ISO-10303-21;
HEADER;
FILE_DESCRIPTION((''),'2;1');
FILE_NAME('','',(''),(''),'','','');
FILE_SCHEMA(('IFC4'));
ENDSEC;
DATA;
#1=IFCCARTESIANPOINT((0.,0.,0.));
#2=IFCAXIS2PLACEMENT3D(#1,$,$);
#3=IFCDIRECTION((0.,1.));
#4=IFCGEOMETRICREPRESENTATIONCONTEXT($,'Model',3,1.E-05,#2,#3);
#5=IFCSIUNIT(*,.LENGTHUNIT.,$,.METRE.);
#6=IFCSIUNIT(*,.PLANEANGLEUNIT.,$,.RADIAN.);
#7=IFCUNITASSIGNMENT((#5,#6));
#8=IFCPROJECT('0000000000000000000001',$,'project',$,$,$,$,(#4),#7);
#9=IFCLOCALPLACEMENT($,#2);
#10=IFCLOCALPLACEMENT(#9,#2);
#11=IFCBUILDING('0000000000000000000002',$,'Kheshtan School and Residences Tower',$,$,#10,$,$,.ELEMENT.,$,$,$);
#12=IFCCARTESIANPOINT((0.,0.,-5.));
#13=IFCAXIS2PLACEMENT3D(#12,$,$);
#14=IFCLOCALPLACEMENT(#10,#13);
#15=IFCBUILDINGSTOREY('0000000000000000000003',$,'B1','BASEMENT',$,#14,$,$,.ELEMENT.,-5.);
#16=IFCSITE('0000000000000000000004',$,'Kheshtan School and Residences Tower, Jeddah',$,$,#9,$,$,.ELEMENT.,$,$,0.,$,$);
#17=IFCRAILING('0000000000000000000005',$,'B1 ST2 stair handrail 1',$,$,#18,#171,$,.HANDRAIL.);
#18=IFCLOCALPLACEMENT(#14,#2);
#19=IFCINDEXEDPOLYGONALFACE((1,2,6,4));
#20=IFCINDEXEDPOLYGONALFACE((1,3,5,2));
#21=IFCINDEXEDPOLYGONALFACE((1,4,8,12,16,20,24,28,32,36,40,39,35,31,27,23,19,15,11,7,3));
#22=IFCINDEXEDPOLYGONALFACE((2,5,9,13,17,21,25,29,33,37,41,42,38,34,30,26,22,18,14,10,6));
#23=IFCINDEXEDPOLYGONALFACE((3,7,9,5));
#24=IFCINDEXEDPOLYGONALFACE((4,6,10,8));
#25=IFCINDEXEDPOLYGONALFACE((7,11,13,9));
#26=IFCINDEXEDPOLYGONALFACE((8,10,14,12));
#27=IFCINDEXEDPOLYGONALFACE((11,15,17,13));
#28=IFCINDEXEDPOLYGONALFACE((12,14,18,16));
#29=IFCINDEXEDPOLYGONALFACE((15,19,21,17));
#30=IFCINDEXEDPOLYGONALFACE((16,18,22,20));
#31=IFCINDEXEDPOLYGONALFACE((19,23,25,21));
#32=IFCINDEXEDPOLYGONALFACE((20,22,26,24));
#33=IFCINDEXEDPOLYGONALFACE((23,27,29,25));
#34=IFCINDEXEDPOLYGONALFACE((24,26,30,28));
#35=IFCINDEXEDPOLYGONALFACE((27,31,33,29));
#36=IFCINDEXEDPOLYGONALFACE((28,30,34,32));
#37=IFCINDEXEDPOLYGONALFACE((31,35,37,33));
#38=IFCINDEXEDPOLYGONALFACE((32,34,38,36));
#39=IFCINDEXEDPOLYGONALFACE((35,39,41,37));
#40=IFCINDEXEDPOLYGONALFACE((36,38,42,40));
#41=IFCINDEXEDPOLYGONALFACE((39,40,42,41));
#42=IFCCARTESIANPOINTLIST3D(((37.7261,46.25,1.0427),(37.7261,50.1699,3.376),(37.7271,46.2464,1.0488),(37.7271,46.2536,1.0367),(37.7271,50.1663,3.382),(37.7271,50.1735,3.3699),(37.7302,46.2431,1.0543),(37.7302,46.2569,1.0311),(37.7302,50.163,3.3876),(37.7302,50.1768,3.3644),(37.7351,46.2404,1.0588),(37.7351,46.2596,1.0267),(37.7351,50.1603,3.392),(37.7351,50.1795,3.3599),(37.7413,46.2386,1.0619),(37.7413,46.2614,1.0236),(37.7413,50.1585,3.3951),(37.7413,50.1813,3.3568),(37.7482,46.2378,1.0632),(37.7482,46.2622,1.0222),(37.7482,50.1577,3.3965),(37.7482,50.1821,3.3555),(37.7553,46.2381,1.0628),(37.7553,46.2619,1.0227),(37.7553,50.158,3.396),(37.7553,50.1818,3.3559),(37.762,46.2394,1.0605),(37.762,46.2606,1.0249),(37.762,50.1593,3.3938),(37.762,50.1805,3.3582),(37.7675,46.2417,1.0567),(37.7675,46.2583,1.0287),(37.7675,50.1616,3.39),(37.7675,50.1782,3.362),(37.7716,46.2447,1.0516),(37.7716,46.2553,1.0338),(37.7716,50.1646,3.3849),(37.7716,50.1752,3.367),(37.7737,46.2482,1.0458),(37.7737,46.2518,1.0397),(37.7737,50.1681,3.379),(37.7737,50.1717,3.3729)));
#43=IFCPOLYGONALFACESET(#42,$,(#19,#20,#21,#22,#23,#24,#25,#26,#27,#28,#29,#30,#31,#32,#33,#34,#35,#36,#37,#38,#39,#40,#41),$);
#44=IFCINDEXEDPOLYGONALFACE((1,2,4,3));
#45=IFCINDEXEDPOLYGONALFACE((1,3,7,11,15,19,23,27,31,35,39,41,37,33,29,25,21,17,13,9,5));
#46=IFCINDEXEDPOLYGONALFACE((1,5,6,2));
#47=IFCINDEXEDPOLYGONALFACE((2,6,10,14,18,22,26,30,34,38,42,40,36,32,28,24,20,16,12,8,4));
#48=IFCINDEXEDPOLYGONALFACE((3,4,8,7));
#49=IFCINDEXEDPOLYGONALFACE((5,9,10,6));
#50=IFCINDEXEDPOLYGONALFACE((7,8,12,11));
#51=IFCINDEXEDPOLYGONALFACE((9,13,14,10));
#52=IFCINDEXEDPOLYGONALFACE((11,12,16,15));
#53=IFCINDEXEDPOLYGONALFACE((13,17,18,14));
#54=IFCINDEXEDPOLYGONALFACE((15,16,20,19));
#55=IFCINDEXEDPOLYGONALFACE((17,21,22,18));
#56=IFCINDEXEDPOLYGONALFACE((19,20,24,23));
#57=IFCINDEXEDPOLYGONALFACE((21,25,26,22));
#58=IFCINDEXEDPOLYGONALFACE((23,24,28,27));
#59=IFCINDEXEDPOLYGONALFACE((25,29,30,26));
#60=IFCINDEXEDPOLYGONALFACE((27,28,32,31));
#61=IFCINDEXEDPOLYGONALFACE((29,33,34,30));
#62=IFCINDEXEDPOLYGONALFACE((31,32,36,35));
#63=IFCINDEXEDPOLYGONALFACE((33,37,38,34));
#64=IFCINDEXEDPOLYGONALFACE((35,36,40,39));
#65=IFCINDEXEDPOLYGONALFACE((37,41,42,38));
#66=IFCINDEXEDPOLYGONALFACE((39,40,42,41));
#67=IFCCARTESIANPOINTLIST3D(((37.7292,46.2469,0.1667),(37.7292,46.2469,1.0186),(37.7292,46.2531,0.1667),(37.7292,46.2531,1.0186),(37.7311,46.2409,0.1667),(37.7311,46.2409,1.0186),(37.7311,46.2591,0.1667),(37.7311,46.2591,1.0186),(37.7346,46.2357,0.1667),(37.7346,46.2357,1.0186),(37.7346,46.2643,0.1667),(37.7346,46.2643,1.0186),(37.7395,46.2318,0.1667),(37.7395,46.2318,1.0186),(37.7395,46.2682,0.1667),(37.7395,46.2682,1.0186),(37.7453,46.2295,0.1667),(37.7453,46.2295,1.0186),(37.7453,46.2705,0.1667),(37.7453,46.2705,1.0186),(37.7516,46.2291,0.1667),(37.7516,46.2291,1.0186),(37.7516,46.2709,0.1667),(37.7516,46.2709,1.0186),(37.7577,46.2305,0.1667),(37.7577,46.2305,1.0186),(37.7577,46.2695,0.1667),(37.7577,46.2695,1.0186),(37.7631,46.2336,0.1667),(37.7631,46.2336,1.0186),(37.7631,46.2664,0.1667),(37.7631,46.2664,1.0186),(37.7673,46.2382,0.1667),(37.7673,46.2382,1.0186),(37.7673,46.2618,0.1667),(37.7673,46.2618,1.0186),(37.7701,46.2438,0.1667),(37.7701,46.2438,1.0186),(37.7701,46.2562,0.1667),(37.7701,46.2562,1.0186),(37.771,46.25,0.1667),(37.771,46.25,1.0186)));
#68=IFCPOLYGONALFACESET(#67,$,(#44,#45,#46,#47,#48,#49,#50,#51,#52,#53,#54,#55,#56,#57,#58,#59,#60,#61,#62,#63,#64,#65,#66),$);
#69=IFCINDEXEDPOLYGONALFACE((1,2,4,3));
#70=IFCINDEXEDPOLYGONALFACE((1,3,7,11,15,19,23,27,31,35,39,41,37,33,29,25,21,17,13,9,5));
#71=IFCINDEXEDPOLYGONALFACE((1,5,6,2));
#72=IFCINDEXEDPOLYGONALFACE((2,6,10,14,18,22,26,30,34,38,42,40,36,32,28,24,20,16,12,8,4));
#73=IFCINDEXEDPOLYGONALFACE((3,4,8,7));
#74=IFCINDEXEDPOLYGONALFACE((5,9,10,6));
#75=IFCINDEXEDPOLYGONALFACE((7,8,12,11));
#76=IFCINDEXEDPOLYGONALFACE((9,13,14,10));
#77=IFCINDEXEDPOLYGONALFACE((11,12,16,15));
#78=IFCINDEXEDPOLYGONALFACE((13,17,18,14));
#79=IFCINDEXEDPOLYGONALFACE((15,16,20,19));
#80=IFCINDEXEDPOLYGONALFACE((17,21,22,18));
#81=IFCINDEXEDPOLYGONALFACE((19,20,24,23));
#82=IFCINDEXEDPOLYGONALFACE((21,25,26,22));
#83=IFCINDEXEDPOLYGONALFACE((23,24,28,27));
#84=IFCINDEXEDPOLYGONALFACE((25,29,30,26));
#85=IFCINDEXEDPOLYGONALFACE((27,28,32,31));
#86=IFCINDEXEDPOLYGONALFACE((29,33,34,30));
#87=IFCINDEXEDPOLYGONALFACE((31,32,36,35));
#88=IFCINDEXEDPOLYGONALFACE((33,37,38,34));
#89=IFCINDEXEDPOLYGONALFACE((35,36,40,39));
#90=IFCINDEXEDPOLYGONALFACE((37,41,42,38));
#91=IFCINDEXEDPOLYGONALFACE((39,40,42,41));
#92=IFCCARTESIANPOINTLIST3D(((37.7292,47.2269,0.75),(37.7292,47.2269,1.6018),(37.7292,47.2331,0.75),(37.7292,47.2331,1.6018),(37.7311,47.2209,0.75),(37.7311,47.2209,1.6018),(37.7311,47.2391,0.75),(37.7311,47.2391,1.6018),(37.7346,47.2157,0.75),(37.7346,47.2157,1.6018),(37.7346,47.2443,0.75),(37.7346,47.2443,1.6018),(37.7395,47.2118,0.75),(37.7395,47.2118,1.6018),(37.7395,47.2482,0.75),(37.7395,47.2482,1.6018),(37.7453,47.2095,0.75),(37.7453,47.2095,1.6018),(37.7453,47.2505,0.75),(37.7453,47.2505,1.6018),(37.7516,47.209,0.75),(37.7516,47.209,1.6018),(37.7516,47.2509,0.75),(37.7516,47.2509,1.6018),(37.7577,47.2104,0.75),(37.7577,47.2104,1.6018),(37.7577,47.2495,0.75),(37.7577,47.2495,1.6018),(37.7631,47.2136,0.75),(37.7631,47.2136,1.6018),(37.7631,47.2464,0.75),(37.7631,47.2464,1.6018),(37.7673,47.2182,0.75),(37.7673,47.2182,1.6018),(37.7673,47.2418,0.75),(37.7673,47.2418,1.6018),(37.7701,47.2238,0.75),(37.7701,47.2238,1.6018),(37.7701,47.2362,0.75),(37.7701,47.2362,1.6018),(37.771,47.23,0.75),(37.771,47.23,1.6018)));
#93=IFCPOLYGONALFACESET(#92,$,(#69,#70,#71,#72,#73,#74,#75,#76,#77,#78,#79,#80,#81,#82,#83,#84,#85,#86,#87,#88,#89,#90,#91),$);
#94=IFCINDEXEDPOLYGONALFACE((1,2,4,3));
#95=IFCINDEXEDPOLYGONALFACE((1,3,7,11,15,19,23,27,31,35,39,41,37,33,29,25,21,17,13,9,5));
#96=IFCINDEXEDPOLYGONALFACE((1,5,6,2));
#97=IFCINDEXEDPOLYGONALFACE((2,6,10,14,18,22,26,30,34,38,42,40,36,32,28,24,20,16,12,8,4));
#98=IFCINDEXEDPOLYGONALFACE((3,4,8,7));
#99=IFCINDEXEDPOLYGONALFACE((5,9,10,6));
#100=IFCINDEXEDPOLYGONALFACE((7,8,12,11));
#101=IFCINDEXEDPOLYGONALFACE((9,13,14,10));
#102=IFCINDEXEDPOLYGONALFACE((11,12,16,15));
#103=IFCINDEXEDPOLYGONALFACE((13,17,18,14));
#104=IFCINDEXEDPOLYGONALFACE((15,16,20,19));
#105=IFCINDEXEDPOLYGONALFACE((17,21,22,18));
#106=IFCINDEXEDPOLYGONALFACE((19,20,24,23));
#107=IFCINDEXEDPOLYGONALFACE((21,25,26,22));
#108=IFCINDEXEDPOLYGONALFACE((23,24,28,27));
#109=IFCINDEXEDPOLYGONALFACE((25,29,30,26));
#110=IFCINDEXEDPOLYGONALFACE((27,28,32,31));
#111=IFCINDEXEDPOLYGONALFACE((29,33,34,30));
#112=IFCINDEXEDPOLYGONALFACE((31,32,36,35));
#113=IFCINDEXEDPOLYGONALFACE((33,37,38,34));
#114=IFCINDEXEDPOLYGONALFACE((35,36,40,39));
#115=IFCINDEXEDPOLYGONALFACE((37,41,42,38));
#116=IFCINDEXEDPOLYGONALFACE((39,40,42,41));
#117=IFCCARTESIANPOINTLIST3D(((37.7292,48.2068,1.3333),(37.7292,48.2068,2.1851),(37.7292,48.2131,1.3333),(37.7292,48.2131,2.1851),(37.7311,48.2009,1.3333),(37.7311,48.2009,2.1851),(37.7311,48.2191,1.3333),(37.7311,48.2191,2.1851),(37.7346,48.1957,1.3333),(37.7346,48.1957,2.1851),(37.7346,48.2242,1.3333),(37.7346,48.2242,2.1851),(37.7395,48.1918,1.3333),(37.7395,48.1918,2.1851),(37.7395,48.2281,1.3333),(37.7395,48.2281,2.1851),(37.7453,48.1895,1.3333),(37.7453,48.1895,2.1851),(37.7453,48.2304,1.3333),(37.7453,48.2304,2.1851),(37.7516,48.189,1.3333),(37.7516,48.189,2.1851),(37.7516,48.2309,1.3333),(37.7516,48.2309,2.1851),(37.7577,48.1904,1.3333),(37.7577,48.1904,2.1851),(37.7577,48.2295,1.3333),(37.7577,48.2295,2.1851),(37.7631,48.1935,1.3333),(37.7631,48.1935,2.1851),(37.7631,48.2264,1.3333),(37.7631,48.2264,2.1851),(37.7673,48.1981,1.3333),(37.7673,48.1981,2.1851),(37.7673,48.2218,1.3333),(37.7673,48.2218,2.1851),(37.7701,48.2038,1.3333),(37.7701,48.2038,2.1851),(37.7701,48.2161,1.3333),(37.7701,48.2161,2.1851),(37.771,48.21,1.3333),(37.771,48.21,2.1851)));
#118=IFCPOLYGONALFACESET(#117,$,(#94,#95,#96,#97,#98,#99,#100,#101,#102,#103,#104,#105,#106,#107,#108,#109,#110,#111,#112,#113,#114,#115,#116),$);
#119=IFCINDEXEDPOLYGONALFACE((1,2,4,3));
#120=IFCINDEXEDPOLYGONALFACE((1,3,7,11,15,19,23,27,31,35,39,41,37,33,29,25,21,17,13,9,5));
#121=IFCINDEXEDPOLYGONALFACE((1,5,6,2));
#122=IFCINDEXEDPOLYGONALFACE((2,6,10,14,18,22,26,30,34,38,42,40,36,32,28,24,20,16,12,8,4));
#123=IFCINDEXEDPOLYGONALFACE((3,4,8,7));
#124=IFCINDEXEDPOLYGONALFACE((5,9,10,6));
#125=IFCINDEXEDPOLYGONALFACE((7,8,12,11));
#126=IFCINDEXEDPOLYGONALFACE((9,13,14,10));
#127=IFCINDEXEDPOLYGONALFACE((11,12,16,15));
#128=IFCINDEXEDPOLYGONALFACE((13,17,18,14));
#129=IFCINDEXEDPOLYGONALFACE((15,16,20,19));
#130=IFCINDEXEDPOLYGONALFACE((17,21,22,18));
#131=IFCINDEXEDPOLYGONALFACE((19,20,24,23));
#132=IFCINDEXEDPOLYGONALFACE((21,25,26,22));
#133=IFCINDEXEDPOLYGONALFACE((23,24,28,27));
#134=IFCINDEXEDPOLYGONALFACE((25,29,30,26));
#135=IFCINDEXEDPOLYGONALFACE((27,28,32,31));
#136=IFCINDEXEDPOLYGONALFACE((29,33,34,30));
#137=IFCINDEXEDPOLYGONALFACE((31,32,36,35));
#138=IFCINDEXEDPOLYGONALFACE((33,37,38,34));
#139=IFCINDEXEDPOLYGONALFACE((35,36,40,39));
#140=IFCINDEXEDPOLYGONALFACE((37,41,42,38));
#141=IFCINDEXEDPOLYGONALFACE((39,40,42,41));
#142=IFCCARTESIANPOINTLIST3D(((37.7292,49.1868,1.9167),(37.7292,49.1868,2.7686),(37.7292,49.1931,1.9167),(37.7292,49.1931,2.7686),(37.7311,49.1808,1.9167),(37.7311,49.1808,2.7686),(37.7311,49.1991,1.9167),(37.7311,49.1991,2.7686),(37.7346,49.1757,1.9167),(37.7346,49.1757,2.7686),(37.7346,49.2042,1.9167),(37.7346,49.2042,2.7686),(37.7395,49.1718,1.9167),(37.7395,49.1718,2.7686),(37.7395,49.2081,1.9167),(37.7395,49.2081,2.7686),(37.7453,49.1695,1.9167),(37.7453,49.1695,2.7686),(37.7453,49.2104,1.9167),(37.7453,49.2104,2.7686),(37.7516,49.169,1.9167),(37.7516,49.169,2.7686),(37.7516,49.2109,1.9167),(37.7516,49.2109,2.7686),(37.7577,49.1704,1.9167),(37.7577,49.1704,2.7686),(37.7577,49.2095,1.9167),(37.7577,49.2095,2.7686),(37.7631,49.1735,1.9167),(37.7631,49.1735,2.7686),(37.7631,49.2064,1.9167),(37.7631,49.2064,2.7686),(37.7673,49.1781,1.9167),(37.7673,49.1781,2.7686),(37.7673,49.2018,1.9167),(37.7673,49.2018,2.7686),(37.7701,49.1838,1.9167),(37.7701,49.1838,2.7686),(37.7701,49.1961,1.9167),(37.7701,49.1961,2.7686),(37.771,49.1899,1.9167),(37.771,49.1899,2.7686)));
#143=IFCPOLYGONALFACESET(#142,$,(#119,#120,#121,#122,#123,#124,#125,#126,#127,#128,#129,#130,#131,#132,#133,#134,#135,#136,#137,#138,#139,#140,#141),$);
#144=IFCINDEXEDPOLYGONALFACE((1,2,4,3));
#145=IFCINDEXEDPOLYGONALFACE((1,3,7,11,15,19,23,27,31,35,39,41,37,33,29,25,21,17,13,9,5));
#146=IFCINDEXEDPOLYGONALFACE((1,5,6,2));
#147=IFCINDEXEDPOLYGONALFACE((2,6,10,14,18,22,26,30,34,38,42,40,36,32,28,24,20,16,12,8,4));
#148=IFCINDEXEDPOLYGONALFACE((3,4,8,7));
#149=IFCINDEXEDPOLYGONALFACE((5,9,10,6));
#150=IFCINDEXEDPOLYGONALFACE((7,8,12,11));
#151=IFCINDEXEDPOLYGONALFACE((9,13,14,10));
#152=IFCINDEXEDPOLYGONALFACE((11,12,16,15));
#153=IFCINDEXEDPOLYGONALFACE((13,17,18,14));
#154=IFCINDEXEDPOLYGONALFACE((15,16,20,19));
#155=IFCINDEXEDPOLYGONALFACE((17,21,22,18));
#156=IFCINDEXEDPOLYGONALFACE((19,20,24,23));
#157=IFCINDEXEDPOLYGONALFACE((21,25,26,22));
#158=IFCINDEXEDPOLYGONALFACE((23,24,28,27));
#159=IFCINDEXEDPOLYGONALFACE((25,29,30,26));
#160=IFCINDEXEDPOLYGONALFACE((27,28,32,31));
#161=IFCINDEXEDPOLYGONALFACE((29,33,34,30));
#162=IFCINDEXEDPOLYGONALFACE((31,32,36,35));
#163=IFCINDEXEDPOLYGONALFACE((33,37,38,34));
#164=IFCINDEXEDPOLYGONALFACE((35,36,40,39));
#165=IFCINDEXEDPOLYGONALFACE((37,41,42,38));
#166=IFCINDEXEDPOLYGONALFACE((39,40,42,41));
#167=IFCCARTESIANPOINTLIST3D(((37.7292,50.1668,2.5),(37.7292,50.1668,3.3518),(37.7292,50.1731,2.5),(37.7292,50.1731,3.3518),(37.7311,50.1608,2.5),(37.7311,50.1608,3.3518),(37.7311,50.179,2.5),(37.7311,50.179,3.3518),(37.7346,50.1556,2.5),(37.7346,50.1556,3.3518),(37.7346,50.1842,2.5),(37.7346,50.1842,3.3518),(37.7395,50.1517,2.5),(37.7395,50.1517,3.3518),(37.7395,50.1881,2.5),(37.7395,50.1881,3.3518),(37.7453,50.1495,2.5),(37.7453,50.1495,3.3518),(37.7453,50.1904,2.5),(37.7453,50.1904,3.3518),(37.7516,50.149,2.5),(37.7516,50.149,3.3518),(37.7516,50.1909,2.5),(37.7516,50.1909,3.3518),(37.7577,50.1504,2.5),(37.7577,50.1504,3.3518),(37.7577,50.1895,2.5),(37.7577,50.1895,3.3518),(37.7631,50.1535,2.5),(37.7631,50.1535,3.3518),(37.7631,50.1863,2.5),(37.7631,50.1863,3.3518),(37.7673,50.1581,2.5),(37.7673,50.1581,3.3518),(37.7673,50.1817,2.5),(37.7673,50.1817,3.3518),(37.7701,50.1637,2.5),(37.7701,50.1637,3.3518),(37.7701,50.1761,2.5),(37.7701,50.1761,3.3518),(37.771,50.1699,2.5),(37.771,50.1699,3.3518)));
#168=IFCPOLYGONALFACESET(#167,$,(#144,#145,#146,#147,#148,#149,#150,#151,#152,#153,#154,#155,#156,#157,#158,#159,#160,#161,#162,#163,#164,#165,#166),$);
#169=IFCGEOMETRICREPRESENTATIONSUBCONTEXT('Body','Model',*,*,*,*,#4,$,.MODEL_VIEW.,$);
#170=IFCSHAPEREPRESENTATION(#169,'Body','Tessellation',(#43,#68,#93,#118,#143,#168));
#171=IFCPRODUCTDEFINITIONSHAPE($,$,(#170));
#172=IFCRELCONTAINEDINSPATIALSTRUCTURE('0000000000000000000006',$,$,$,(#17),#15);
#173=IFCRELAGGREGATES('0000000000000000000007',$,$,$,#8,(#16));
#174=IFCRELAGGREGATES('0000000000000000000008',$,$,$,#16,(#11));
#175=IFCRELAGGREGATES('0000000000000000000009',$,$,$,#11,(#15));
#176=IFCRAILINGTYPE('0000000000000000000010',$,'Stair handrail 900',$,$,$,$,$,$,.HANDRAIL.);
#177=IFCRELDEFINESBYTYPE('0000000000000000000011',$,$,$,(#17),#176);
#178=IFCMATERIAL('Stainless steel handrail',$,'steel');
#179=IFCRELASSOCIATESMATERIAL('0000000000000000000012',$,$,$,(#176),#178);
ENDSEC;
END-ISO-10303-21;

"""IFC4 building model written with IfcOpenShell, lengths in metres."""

from ifc_helpers import new_model, si_unit, direction, frame, origin, origin_2d, place, context, subcontext, project, spatial, circle, extrude, material, type_object, element, save


model = new_model("IFC4")

# Units and contexts
model_context = context("Model", 3, precision=1e-05, world=origin(), true_north=direction((0.0, 1.0)))
body_context = subcontext(model_context, "Body", "Model", "MODEL_VIEW")
ifc_project = project(units=[si_unit("LENGTHUNIT", "METRE"), si_unit("PLANEANGLEUNIT", "RADIAN")], contexts=[model_context])

# Site, building, storey
site_placement = place(None, origin())
site = spatial("IfcSite", under=ifc_project, at=site_placement, Name="Kheshtan School and Residences Tower, Jeddah", CompositionType="ELEMENT", RefElevation=0.0)
building_placement = place(site_placement, origin())
building = spatial("IfcBuilding", under=site, at=building_placement, Name="Kheshtan School and Residences Tower", CompositionType="ELEMENT")
storey_placement = place(building_placement, frame((0.0, 0.0, -5.0)))
storey = spatial("IfcBuildingStorey", under=building, at=storey_placement, Name="B1", Description="BASEMENT", CompositionType="ELEMENT", Elevation=-5.0)

# Railing
ifc_material_1 = material(Name="Stainless steel handrail", Category="steel")
railing_type_1 = type_object("IfcRailingType", Name="Stair handrail 900", PredefinedType="HANDRAIL", material=ifc_material_1)
railing_1_placement = place(storey_placement, frame((37.75, 46.25, 0.1667)))
element("IfcRailing", 1, at=railing_1_placement, inside=storey, type_object=railing_type_1, Name="B1 ST2 stair handrail 1", PredefinedType="HANDRAIL", context=body_context, shape_type="SweptSolid", body=[
    extrude(circle(Radius=0.0239, at=origin_2d()), frame((0.0, 0.0, 0.876), z_axis=(0.0, 0.859296, 0.511478), x_axis=(-1.0, 0.0, 0.0)), (0.0, 0.0, 1.0), 4.5618),
    extrude(circle(Radius=0.021, at=origin_2d()), origin(), (0.0, 0.0, 1.0), 0.8518),
    extrude(circle(Radius=0.021, at=origin_2d()), frame((0.0, 0.98, 0.5833)), (0.0, 0.0, 1.0), 0.8518),
    extrude(circle(Radius=0.021, at=origin_2d()), frame((0.0, 1.96, 1.1665)), (0.0, 0.0, 1.0), 0.8518),
    extrude(circle(Radius=0.021, at=origin_2d()), frame((0.0, 2.9399, 1.75)), (0.0, 0.0, 1.0), 0.8518),
    extrude(circle(Radius=0.021, at=origin_2d()), frame((0.0, 3.9199, 2.3333)), (0.0, 0.0, 1.0), 0.8518),
])

save(model, "model.ifc")
